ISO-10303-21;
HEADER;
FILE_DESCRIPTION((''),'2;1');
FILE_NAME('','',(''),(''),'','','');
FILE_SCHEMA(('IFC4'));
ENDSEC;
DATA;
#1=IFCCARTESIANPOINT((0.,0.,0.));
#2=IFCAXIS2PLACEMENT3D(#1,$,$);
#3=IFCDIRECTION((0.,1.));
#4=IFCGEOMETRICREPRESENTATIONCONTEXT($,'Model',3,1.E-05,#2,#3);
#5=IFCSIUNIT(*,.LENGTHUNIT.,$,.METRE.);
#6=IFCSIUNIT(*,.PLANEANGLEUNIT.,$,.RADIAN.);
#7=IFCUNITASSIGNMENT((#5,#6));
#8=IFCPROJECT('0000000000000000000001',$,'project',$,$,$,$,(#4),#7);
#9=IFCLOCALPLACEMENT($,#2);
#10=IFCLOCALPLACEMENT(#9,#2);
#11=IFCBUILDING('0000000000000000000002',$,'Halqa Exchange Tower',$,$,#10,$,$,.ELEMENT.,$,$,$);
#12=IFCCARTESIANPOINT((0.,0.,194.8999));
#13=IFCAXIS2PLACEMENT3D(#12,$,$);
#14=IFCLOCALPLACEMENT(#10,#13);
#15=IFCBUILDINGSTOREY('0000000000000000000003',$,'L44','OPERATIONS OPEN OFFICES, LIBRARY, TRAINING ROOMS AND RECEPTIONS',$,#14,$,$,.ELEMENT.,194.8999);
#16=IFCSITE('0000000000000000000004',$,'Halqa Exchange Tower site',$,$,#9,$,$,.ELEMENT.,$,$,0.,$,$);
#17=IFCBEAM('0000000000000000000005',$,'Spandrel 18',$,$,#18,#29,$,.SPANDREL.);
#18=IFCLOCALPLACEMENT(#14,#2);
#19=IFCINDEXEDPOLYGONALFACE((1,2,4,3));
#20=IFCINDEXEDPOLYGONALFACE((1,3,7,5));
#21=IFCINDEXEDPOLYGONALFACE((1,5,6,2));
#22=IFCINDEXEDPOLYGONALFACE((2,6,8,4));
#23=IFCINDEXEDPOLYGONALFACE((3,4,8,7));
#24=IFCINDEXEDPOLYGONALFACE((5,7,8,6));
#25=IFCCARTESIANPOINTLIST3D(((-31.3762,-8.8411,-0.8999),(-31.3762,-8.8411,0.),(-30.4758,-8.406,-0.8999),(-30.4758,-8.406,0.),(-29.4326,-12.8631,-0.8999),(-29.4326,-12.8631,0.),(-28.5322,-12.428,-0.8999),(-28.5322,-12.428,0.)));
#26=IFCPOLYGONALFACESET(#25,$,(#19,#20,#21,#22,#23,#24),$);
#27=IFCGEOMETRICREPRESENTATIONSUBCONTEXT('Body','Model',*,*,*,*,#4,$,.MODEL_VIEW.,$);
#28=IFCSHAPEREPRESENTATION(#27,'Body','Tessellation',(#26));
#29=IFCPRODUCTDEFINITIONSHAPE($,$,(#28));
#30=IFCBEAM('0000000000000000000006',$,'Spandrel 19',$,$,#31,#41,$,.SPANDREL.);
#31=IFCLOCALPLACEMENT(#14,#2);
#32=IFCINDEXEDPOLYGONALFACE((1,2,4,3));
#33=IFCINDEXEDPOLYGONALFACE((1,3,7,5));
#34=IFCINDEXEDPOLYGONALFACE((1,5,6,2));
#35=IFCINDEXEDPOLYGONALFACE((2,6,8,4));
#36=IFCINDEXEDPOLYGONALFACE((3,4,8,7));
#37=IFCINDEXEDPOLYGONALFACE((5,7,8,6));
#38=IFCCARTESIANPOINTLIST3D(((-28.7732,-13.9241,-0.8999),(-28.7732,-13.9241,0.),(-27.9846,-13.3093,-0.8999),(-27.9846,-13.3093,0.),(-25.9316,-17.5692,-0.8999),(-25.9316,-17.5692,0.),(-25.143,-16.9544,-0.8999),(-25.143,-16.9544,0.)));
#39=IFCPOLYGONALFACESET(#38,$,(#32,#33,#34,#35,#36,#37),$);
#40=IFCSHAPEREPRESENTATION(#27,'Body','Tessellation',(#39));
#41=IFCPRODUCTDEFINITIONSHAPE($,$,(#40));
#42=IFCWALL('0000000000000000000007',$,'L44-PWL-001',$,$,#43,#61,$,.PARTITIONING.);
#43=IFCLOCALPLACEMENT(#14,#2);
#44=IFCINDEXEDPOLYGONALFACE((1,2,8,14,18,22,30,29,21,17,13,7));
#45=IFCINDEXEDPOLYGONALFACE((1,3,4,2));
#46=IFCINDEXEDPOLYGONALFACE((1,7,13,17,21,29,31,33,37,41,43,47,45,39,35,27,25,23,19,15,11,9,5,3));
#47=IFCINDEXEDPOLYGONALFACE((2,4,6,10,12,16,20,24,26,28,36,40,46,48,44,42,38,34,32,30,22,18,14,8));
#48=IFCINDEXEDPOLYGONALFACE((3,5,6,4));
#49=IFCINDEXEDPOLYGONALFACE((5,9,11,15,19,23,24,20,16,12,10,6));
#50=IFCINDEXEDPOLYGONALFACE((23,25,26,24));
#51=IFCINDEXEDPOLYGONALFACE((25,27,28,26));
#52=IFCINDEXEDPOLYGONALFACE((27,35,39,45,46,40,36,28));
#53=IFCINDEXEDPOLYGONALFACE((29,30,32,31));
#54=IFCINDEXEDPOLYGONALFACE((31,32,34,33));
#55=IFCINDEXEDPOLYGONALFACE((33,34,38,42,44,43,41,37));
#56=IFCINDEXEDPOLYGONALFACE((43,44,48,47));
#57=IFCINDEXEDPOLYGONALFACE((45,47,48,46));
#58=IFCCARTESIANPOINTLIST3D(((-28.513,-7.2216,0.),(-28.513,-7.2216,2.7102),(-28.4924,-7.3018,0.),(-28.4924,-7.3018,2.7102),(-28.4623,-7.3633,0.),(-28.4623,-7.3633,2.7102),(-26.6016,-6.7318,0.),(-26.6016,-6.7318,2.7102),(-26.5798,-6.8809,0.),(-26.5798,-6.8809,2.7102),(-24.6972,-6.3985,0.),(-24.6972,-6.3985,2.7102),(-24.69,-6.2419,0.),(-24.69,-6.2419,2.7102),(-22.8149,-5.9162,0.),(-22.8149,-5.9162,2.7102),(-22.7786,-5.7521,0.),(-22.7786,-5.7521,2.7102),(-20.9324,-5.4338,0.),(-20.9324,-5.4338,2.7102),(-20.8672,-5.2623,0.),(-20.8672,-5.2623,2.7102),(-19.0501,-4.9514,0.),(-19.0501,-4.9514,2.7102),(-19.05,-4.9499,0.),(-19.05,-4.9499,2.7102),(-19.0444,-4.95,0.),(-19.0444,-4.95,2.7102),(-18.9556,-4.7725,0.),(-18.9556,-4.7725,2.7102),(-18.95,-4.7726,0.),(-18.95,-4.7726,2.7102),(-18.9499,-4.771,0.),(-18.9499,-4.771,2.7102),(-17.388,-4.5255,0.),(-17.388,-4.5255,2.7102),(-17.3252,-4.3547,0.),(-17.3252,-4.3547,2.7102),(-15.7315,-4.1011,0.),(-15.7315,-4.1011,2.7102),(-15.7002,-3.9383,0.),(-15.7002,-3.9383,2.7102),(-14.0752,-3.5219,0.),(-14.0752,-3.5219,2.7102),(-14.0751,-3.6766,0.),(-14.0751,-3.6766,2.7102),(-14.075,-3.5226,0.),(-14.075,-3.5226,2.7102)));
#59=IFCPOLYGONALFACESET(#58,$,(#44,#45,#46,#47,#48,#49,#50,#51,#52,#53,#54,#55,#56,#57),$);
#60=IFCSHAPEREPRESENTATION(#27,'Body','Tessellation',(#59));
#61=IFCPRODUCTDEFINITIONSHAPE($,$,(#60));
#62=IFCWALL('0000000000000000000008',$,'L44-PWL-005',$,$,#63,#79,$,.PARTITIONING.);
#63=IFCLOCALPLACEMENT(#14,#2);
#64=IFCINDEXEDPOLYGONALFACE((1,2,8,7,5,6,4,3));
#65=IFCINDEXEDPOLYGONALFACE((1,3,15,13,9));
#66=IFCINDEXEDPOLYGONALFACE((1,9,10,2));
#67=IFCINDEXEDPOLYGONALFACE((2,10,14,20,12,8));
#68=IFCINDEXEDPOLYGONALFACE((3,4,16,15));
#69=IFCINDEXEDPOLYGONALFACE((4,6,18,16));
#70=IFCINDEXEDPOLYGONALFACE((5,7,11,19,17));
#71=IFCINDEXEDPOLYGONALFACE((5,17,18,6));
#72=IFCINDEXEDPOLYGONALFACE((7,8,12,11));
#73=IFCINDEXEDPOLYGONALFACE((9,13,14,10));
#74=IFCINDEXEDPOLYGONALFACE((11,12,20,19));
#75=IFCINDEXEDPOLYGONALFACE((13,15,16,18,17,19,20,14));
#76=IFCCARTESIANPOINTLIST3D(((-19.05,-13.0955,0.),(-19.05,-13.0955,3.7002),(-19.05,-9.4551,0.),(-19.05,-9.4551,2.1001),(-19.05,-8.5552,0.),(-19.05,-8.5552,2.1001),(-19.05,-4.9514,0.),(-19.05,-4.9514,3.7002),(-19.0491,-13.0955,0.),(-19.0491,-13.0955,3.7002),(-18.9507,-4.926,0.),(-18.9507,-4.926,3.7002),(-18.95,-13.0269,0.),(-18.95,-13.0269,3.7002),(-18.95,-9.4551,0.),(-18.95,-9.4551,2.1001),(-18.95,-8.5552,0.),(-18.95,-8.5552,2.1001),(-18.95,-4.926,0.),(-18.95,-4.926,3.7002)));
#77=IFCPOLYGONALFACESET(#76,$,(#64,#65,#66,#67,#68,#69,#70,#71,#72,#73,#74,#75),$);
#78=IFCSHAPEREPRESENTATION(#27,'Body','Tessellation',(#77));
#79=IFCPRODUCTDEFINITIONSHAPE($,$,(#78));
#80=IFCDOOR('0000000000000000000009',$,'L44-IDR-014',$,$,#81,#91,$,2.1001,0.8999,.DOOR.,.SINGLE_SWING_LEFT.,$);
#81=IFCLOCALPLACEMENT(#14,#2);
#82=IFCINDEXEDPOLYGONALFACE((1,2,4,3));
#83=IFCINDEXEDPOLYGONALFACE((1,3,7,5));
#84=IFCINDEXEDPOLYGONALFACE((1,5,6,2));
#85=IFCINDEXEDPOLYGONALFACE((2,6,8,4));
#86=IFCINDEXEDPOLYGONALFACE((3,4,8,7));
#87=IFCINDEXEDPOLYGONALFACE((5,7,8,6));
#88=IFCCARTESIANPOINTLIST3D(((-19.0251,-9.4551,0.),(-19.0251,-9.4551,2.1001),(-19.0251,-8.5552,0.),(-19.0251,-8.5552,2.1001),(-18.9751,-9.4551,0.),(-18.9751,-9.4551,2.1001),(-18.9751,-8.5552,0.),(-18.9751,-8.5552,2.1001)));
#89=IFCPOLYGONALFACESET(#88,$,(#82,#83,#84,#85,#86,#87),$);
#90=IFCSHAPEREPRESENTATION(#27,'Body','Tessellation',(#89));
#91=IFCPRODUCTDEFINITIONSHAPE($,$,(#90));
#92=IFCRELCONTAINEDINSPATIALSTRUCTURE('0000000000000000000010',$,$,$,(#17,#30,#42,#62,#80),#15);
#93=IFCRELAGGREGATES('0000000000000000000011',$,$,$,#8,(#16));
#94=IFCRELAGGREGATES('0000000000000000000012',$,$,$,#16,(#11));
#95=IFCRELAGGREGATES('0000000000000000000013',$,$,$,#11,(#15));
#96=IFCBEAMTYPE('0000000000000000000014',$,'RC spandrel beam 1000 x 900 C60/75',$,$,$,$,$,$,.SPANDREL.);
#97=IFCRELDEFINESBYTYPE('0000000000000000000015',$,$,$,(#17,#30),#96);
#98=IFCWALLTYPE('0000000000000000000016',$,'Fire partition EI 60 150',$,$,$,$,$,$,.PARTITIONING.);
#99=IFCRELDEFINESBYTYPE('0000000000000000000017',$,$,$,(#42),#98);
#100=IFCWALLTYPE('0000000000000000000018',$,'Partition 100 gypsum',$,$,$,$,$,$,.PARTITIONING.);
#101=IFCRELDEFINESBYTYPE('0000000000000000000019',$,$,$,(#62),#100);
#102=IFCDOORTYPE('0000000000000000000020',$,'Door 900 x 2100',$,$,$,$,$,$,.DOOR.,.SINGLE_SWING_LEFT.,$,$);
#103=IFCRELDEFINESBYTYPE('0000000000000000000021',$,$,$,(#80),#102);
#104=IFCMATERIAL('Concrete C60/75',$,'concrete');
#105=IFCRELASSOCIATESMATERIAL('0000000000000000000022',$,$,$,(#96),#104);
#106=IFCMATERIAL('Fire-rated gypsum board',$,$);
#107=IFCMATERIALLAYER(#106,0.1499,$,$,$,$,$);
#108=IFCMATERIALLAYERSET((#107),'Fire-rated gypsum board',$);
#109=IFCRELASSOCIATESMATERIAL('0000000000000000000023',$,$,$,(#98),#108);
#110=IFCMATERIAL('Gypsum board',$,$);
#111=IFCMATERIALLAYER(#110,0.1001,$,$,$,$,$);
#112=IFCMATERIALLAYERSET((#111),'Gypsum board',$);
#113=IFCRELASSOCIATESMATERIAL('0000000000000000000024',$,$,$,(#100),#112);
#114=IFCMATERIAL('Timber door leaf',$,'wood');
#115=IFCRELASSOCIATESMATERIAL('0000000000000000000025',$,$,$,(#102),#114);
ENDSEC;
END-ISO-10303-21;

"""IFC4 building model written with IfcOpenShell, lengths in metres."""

from ifc_helpers import new_model, si_unit, direction, frame, frame_2d, origin, origin_2d, place, context, subcontext, project, spatial, polyline, rectangle, outline, extrude, material, layer, layer_set, material_profile, profile_set, type_object, element, fill, save


model = new_model("IFC4")

# Units and contexts
model_context = context("Model", 3, precision=1e-05, world=origin(), true_north=direction((0.0, 1.0)))
body_context = subcontext(model_context, "Body", "Model", "MODEL_VIEW")
ifc_project = project(units=[si_unit("LENGTHUNIT", "METRE"), si_unit("PLANEANGLEUNIT", "RADIAN")], contexts=[model_context])

# Site, building, storey
site_placement = place(None, origin())
site = spatial("IfcSite", under=ifc_project, at=site_placement, Name="Halqa Exchange Tower site", CompositionType="ELEMENT", RefElevation=0.0)
building_placement = place(site_placement, origin())
building = spatial("IfcBuilding", under=site, at=building_placement, Name="Halqa Exchange Tower", CompositionType="ELEMENT")
storey_placement = place(building_placement, frame((0.0, 0.0, 194.8999)))
storey = spatial("IfcBuildingStorey", under=building, at=storey_placement, Name="L44", Description="OPERATIONS OPEN OFFICES, LIBRARY, TRAINING ROOMS AND RECEPTIONS", CompositionType="ELEMENT", Elevation=194.8999)

# Shared definitions
ifc_material_1 = material(Name="Concrete C60/75", Category="concrete")

# Beams
ifc_material_profile_1 = material_profile(ifc_material_1, rectangle(XDim=1.0, YDim=0.8999, at=origin_2d()), Name="1000 x 900")
ifc_profile_set_1 = profile_set([ifc_material_profile_1], Name="Concrete C60/75")
beam_type_1 = type_object("IfcBeamType", Name="RC spandrel beam 1000 x 900 C60/75", PredefinedType="SPANDREL", material=ifc_profile_set_1)
beam_1_placement = place(storey_placement, frame((-30.926, -8.6235, -0.45), z_axis=(0.435105, -0.90038, 0.0), x_axis=(0.90038, 0.435105, 0.0)))
element("IfcBeam", 1, at=beam_1_placement, inside=storey, type_object=beam_type_1, Name="Spandrel 18", PredefinedType="SPANDREL", context=body_context, shape_type="SweptSolid", body=[
    extrude(rectangle(XDim=1.0, YDim=0.8999, at=origin_2d()), origin(), (0.0, 0.0, 1.0), 4.467),
])
beam_2_placement = place(storey_placement, frame((-28.3789, -13.6167, -0.45), z_axis=(0.614822, -0.788666, 0.0), x_axis=(0.788666, 0.614822, 0.0)))
element("IfcBeam", 2, at=beam_2_placement, inside=storey, type_object=beam_type_1, Name="Spandrel 19", PredefinedType="SPANDREL", context=body_context, shape_type="SweptSolid", body=[
    extrude(rectangle(XDim=1.0, YDim=0.8999, at=origin_2d()), origin(), (0.0, 0.0, 1.0), 4.6218),
])

# Wall
ifc_material_2 = material(Name="Fire-rated gypsum board")
ifc_layer_1 = layer(ifc_material_2, 0.1499)
ifc_layer_set_1 = layer_set([ifc_layer_1], Name="Fire-rated gypsum board")
wall_type_1 = type_object("IfcWallType", Name="Fire partition EI 60 150", PredefinedType="PARTITIONING", material=ifc_layer_set_1)
wall_1_placement = place(storey_placement, frame((-28.4944, -7.2942, 0.0), z_axis=(0.0, 0.0, 1.0), x_axis=(0.968701, 0.248232, 0.0)))
element("IfcWall", 3, at=wall_1_placement, inside=storey, type_object=wall_type_1, Name="L44-PWL-001", PredefinedType="PARTITIONING", context=body_context, shape_type="SweptSolid", body=[
    extrude(outline(polyline([(0.0139, -0.075), (1.9573, -0.075), (3.9006, -0.075), (5.8438, -0.075), (7.7871, -0.075), (9.7302, -0.075), (9.7307, -0.0735), (9.7361, -0.075), (11.446, -0.075), (13.156, -0.075), (14.866, -0.075), (14.9043, 0.0742), (14.9043, 0.075), (13.2268, 0.075), (11.5493, 0.075), (9.8721, 0.075), (9.8716, 0.0735), (9.8662, 0.075), (7.8928, 0.075), (5.9197, 0.075), (3.9465, 0.075), (1.9731, 0.075), (0.0, 0.075), (0.0, -0.0078), (0.0139, -0.075)])), origin(), (0.0, 0.0, 1.0), 2.7102),
])

# Wall, opening, door
ifc_material_3 = material(Name="Gypsum board")
ifc_layer_2 = layer(ifc_material_3, 0.1001)
ifc_layer_set_2 = layer_set([ifc_layer_2], Name="Gypsum board")
wall_type_2 = type_object("IfcWallType", Name="Partition 100 gypsum", PredefinedType="PARTITIONING", material=ifc_layer_set_2)
wall_2_placement = place(storey_placement, frame((-19.0, -13.0955, 0.0), z_axis=(0.0, 0.0, 1.0), x_axis=(0.0, 1.0, 0.0)))
wall_2 = element("IfcWall", 4, at=wall_2_placement, inside=storey, type_object=wall_type_2, Name="L44-PWL-005", PredefinedType="PARTITIONING", context=body_context, shape_type="SweptSolid", body=[
    extrude(outline(polyline([(8.1694, -0.05), (8.1694, -0.0493), (8.144, 0.05), (6.5151, 0.05), (4.8865, 0.05), (3.2576, 0.05), (1.6289, 0.05), (0.0, 0.05), (0.0, 0.0491), (0.0686, -0.05), (1.6887, -0.05), (3.3091, -0.05), (4.9292, -0.05), (6.5493, -0.05), (8.1694, -0.05)])), origin(), (0.0, 0.0, 1.0), 3.7002),
])
opening_1_placement = place(wall_2_placement, frame((3.6404, 0.0, 0.0)))
opening_1 = element("IfcOpeningElement", 5, at=opening_1_placement, cuts=wall_2, PredefinedType="OPENING", context=body_context, shape_type="SweptSolid", body=[
    extrude(rectangle(XDim=0.8999, YDim=2.1001, at=frame_2d((0.45, 1.05))), frame((0.0, 0.062, 0.0), z_axis=(0.0, -1.0, 0.0), x_axis=(1.0, 0.0, 0.0)), (0.0, 0.0, 1.0), 0.124),
])
ifc_material_4 = material(Name="Timber door leaf", Category="wood")
door_type_1 = type_object("IfcDoorType", Name="Door 900 x 2100", OperationType="SINGLE_SWING_LEFT", PredefinedType="DOOR", material=ifc_material_4)
door_1_placement = place(opening_1_placement, frame((0.8999, 0.0, 0.0), z_axis=(0.0, 0.0, 1.0), x_axis=(-1.0, 0.0, 0.0)))
door_1 = element("IfcDoor", 6, at=door_1_placement, inside=storey, type_object=door_type_1, Name="L44-IDR-014", OperationType="SINGLE_SWING_LEFT", OverallHeight=2.1001, OverallWidth=0.8999, PredefinedType="DOOR", context=body_context, shape_type="SweptSolid", body=[
    extrude(rectangle(XDim=0.8999, YDim=2.1001, at=frame_2d((0.45, 1.05))), frame((0.0, 0.0249, 0.0), z_axis=(0.0, -1.0, 0.0), x_axis=(1.0, 0.0, 0.0)), (0.0, 0.0, 1.0), 0.05),
])
fill(opening_1, door_1)

save(model, "model.ifc")
